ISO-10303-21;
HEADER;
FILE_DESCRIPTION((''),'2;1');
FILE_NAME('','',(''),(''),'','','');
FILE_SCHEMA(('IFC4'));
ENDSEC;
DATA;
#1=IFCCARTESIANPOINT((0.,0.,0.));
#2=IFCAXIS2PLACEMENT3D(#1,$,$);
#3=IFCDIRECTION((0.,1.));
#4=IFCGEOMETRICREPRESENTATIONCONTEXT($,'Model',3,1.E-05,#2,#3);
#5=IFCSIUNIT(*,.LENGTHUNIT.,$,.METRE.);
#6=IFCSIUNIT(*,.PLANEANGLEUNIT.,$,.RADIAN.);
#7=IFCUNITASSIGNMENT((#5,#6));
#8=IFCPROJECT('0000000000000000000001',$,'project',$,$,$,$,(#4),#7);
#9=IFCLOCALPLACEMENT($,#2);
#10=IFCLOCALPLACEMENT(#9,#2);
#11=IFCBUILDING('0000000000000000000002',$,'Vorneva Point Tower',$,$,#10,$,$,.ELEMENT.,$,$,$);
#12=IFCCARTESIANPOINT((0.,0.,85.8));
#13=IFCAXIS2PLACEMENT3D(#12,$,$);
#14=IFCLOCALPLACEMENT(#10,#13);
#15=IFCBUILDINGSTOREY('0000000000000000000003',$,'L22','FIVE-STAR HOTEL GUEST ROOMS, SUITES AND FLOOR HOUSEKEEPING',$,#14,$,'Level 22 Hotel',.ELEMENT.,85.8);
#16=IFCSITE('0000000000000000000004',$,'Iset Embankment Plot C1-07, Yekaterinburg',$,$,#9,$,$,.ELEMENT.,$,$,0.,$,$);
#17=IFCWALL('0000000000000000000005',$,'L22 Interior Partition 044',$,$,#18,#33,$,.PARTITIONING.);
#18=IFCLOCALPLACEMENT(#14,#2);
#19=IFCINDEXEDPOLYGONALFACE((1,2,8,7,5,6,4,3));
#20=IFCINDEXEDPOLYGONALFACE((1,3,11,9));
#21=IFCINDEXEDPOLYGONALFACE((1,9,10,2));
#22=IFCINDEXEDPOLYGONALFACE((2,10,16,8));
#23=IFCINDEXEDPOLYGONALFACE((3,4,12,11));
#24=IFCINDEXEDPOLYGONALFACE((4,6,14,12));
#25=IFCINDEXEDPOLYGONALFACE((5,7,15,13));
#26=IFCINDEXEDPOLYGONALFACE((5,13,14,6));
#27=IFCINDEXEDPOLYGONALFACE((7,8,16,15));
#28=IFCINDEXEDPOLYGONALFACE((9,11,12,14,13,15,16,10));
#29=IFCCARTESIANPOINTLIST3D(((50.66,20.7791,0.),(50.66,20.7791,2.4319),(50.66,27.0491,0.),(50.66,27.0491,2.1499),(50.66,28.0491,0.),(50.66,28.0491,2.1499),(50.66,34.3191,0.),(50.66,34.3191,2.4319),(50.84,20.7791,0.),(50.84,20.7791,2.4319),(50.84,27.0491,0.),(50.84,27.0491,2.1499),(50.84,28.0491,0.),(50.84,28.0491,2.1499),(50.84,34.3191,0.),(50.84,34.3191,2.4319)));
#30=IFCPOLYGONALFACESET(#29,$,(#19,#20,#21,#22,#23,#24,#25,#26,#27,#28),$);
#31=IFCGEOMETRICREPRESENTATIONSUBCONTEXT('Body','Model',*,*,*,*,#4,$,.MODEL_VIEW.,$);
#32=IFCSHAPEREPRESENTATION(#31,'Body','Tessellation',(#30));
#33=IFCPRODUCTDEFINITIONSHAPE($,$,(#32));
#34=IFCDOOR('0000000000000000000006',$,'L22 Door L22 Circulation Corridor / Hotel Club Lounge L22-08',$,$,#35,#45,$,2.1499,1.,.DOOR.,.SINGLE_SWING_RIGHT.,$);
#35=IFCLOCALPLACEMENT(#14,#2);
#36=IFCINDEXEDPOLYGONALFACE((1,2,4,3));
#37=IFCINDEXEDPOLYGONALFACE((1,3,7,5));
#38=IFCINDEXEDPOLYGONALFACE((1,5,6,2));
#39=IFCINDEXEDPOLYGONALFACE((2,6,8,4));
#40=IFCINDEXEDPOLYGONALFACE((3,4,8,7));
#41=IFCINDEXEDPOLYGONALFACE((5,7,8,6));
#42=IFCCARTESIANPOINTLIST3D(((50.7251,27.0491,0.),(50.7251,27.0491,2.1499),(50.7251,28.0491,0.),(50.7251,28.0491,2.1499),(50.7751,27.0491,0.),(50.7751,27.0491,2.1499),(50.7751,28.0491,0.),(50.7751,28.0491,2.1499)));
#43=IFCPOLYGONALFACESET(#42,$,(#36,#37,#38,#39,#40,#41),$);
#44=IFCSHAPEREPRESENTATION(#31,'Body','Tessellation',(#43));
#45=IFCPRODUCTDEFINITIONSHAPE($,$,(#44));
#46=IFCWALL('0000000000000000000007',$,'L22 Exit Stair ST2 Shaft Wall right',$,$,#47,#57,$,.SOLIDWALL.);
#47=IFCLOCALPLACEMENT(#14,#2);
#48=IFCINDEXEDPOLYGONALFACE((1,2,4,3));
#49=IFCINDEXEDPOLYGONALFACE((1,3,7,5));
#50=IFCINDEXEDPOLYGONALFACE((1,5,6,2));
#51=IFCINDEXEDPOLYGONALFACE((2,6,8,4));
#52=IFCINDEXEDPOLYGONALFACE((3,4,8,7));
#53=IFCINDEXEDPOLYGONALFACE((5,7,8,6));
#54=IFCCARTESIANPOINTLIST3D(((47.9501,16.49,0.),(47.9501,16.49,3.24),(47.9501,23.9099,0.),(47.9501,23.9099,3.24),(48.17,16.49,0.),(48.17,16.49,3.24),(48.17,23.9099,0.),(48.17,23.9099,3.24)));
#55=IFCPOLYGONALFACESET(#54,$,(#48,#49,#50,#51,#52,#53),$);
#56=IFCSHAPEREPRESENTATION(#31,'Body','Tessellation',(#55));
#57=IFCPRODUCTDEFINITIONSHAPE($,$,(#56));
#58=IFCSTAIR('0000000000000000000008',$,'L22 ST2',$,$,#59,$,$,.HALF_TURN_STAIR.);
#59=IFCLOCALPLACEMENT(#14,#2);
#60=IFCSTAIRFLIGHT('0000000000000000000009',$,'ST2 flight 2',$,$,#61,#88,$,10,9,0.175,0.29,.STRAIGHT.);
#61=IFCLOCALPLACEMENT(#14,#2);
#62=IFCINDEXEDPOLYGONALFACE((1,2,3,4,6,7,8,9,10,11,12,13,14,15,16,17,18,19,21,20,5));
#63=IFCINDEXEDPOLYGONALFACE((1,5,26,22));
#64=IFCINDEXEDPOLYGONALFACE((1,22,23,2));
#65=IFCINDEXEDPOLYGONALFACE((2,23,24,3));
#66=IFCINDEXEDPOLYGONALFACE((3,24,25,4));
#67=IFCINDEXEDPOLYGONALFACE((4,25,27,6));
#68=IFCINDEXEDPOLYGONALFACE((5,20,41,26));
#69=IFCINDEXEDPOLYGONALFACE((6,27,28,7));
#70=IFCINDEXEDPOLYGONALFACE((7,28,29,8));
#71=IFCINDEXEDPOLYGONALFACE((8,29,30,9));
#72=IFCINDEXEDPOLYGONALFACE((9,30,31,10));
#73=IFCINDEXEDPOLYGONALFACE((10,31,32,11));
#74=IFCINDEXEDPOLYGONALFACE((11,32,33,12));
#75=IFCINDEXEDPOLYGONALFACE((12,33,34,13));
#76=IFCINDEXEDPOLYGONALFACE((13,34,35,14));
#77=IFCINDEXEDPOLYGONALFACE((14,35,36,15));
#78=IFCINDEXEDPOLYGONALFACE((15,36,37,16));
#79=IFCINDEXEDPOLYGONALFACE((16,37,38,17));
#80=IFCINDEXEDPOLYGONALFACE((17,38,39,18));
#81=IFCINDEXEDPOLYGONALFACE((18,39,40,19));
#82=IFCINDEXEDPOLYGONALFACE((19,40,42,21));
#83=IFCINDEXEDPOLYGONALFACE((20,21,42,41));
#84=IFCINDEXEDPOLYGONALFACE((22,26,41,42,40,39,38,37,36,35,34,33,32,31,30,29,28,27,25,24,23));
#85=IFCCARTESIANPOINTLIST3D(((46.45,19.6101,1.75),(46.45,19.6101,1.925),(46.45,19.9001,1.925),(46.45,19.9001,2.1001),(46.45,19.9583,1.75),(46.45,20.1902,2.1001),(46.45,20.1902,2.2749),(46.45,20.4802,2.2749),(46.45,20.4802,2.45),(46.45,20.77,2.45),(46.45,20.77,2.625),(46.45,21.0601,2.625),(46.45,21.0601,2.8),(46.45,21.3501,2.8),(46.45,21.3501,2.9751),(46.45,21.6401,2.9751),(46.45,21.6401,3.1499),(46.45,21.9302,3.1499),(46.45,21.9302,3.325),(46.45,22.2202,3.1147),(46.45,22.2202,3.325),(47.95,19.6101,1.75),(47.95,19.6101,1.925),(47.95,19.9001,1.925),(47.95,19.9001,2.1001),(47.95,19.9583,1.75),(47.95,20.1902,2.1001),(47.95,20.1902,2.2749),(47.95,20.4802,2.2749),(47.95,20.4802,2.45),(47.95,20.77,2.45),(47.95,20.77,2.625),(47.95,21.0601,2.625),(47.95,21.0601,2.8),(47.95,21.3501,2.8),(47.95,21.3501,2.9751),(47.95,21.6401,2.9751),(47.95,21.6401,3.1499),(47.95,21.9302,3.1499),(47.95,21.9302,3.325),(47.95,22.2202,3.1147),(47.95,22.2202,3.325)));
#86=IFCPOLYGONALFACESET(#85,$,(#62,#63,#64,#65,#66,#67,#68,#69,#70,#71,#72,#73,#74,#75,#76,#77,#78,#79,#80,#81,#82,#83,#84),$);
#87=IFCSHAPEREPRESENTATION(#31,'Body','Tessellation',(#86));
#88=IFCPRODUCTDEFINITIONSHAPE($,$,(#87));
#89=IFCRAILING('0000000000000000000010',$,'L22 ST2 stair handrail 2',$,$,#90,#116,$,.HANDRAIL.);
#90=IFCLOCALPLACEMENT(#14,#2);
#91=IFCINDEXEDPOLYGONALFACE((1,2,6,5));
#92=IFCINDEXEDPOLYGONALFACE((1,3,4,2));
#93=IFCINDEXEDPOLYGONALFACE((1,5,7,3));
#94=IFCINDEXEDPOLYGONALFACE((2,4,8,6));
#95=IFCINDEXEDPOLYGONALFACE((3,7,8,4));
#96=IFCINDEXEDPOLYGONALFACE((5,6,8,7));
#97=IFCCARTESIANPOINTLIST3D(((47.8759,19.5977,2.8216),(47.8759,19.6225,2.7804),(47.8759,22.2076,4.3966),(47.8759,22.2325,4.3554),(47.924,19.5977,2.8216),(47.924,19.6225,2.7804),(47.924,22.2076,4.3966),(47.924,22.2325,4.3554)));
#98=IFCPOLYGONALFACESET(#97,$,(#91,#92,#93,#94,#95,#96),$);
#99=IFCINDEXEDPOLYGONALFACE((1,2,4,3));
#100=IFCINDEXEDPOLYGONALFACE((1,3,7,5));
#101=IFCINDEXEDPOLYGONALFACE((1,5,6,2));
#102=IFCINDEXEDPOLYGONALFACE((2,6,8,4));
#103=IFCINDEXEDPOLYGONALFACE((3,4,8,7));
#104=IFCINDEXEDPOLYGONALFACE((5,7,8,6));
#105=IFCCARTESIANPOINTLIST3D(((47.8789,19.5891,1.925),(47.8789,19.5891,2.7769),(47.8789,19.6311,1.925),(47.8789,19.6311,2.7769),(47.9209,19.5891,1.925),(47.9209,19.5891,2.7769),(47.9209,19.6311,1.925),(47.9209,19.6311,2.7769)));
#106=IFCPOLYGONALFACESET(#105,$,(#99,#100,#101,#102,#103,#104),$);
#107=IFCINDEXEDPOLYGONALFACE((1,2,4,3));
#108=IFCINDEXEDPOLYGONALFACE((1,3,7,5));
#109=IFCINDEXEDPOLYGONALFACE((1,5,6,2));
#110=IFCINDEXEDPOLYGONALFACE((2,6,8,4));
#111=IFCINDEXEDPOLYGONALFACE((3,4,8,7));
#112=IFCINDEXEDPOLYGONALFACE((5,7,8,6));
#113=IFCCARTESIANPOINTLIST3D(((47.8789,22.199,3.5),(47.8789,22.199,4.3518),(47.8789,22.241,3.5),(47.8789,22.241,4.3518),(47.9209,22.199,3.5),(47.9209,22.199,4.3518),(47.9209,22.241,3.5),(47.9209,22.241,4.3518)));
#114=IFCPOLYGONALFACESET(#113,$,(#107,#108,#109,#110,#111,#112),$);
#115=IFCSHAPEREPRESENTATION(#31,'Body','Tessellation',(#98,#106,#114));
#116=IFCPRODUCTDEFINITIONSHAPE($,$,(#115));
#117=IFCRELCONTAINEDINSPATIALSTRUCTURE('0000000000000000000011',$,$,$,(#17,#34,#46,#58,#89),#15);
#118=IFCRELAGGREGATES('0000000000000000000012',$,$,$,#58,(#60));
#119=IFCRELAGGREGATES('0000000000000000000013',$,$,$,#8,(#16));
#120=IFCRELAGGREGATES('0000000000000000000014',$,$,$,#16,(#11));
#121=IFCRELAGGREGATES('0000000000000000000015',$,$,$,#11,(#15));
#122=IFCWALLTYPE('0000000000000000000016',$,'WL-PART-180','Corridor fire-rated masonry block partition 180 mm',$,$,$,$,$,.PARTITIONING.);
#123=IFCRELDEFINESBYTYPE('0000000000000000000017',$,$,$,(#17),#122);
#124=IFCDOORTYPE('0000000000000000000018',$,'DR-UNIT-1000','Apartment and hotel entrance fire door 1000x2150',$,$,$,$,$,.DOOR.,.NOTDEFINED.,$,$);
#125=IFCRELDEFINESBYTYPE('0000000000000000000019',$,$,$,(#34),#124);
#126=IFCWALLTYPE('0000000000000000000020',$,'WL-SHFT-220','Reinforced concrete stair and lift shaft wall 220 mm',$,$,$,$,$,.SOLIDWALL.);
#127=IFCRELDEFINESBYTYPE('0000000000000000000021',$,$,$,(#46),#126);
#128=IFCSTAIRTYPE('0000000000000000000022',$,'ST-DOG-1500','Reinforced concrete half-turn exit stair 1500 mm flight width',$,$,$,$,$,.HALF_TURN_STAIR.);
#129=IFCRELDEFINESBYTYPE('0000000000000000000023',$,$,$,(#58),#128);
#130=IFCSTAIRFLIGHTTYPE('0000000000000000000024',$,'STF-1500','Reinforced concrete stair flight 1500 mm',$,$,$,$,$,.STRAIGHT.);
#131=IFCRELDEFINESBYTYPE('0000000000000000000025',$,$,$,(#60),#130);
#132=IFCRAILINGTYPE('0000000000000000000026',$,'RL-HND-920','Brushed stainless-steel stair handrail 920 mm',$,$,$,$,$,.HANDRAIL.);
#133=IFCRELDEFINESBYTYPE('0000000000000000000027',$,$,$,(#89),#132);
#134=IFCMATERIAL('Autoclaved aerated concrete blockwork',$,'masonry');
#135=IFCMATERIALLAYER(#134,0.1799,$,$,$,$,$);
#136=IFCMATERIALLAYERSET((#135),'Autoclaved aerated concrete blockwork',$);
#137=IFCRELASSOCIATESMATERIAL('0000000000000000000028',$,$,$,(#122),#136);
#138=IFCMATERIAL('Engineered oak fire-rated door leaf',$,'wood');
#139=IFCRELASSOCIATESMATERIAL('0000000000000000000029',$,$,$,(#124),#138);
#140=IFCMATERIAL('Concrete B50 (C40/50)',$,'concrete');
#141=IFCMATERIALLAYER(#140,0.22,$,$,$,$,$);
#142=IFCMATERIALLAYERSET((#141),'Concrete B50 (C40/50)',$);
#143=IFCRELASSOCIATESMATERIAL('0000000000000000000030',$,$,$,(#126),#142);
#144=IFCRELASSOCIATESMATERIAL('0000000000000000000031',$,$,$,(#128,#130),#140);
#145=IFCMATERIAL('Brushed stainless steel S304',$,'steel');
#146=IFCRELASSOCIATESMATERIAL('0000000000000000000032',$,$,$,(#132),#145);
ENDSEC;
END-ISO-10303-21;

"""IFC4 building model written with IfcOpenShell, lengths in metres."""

from ifc_helpers import new_model, si_unit, direction, frame, frame_2d, origin, origin_2d, place, context, subcontext, project, spatial, polyline, rectangle, outline, extrude, material, layer, layer_set, type_object, element, fill, aggregate, save


model = new_model("IFC4")

# Units and contexts
model_context = context("Model", 3, precision=1e-05, world=origin(), true_north=direction((0.0, 1.0)))
body_context = subcontext(model_context, "Body", "Model", "MODEL_VIEW")
ifc_project = project(units=[si_unit("LENGTHUNIT", "METRE"), si_unit("PLANEANGLEUNIT", "RADIAN")], contexts=[model_context])

# Site, building, storey
site_placement = place(None, origin())
site = spatial("IfcSite", under=ifc_project, at=site_placement, Name="Iset Embankment Plot C1-07, Yekaterinburg", CompositionType="ELEMENT", RefElevation=0.0)
building_placement = place(site_placement, origin())
building = spatial("IfcBuilding", under=site, at=building_placement, Name="Vorneva Point Tower", CompositionType="ELEMENT")
storey_placement = place(building_placement, frame((0.0, 0.0, 85.8)))
storey = spatial("IfcBuildingStorey", under=building, at=storey_placement, Name="L22", Description="FIVE-STAR HOTEL GUEST ROOMS, SUITES AND FLOOR HOUSEKEEPING", LongName="Level 22 Hotel", CompositionType="ELEMENT", Elevation=85.8)

# Wall, opening, door
ifc_material_1 = material(Name="Autoclaved aerated concrete blockwork", Category="masonry")
ifc_layer_1 = layer(ifc_material_1, 0.1799)
ifc_layer_set_1 = layer_set([ifc_layer_1], Name="Autoclaved aerated concrete blockwork")
wall_type_1 = type_object("IfcWallType", Name="WL-PART-180", Description="Corridor fire-rated masonry block partition 180 mm", PredefinedType="PARTITIONING", material=ifc_layer_set_1)
wall_1_placement = place(storey_placement, frame((50.75, 20.7791, 0.0), z_axis=(0.0, 0.0, 1.0), x_axis=(0.0, 1.0, 0.0)))
wall_1 = element("IfcWall", 1, at=wall_1_placement, inside=storey, type_object=wall_type_1, Name="L22 Interior Partition 044", PredefinedType="PARTITIONING", context=body_context, shape_type="SweptSolid", body=[
    extrude(rectangle(XDim=13.54, YDim=0.1799, at=frame_2d((6.77, 0.0))), origin(), (0.0, 0.0, 1.0), 2.4319),
])
opening_1_placement = place(wall_1_placement, frame((6.27, 0.0, 0.0)))
opening_1 = element("IfcOpeningElement", 2, at=opening_1_placement, cuts=wall_1, PredefinedType="OPENING", context=body_context, shape_type="SweptSolid", body=[
    extrude(rectangle(XDim=1.0, YDim=2.1499, at=frame_2d((0.5, 1.075))), frame((0.0, 0.105, 0.0), z_axis=(0.0, -1.0, 0.0), x_axis=(1.0, 0.0, 0.0)), (0.0, 0.0, 1.0), 0.2097),
])
ifc_material_2 = material(Name="Engineered oak fire-rated door leaf", Category="wood")
door_type_1 = type_object("IfcDoorType", Name="DR-UNIT-1000", Description="Apartment and hotel entrance fire door 1000x2150", OperationType="NOTDEFINED", PredefinedType="DOOR", material=ifc_material_2)
door_1_placement = place(opening_1_placement, origin())
door_1 = element("IfcDoor", 3, at=door_1_placement, inside=storey, type_object=door_type_1, Name="L22 Door L22 Circulation Corridor / Hotel Club Lounge L22-08", OperationType="SINGLE_SWING_RIGHT", OverallHeight=2.1499, OverallWidth=1.0, PredefinedType="DOOR", context=body_context, shape_type="SweptSolid", body=[
    extrude(rectangle(XDim=1.0, YDim=2.1499, at=frame_2d((0.5, 1.075))), frame((0.0, 0.0249, 0.0), z_axis=(0.0, -1.0, 0.0), x_axis=(1.0, 0.0, 0.0)), (0.0, 0.0, 1.0), 0.05),
])
fill(opening_1, door_1)

# Wall
ifc_material_3 = material(Name="Concrete B50 (C40/50)", Category="concrete")
ifc_layer_2 = layer(ifc_material_3, 0.22)
ifc_layer_set_2 = layer_set([ifc_layer_2], Name="Concrete B50 (C40/50)")
wall_type_2 = type_object("IfcWallType", Name="WL-SHFT-220", Description="Reinforced concrete stair and lift shaft wall 220 mm", PredefinedType="SOLIDWALL", material=ifc_layer_set_2)
wall_2_placement = place(storey_placement, frame((48.0601, 23.9099, 0.0), z_axis=(0.0, 0.0, 1.0), x_axis=(0.0, -1.0, 0.0)))
element("IfcWall", 4, at=wall_2_placement, inside=storey, type_object=wall_type_2, Name="L22 Exit Stair ST2 Shaft Wall right", PredefinedType="SOLIDWALL", context=body_context, shape_type="SweptSolid", body=[
    extrude(rectangle(XDim=7.4199, YDim=0.22, at=frame_2d((3.71, 0.0))), origin(), (0.0, 0.0, 1.0), 3.24),
])

# Stair, stair flight
stair_type = type_object("IfcStairType", Name="ST-DOG-1500", Description="Reinforced concrete half-turn exit stair 1500 mm flight width", PredefinedType="HALF_TURN_STAIR", material=ifc_material_3)
stair_placement = place(storey_placement, origin())
stair = element("IfcStair", 5, at=stair_placement, inside=storey, type_object=stair_type, Name="L22 ST2", PredefinedType="HALF_TURN_STAIR")
stair_flight_type = type_object("IfcStairFlightType", Name="STF-1500", Description="Reinforced concrete stair flight 1500 mm", PredefinedType="STRAIGHT", material=ifc_material_3)
stair_flight_placement = place(storey_placement, frame((47.2, 19.6101, 1.75), z_axis=(0.0, 0.0, 1.0), x_axis=(0.0, 1.0, 0.0)))
stair_flight = element("IfcStairFlight", 6, at=stair_flight_placement, type_object=stair_flight_type, Name="ST2 flight 2", NumberOfRisers=10, NumberOfTreads=9, PredefinedType="STRAIGHT", RiserHeight=0.175, TreadLength=0.29, context=body_context, shape_type="SweptSolid", body=[
    extrude(outline(polyline([(0.0, 0.0), (0.0, 0.175), (0.29, 0.175), (0.29, 0.3501), (0.5801, 0.3501), (0.5801, 0.5249), (0.8701, 0.5249), (0.8701, 0.7), (1.1599, 0.7), (1.1599, 0.875), (1.45, 0.875), (1.45, 1.05), (1.74, 1.05), (1.74, 1.2251), (2.03, 1.2251), (2.03, 1.3999), (2.3201, 1.3999), (2.3201, 1.575), (2.6101, 1.575), (2.6101, 1.75), (2.6101, 1.3647), (0.3481, 0.0), (0.0, 0.0)])), frame((0.0, 0.75, 0.0), z_axis=(0.0, -1.0, 0.0), x_axis=(1.0, 0.0, 0.0)), (0.0, 0.0, 1.0), 1.5),
])
aggregate(stair, [stair_flight])

# Railing
ifc_material_4 = material(Name="Brushed stainless steel S304", Category="steel")
railing_type_1 = type_object("IfcRailingType", Name="RL-HND-920", Description="Brushed stainless-steel stair handrail 920 mm", PredefinedType="HANDRAIL", material=ifc_material_4)
railing_1_placement = place(storey_placement, frame((47.8999, 19.6101, 1.925)))
element("IfcRailing", 7, at=railing_1_placement, inside=storey, type_object=railing_type_1, Name="L22 ST2 stair handrail 2", PredefinedType="HANDRAIL", context=body_context, shape_type="SweptSolid", body=[
    extrude(rectangle(XDim=0.0481, YDim=0.0481, at=origin_2d()), frame((0.0, 0.0, 0.876), z_axis=(0.0, 0.856183, 0.516673), x_axis=(-1.0, 0.0, 0.0)), (0.0, 0.0, 1.0), 3.0483),
    extrude(rectangle(XDim=0.042, YDim=0.042, at=origin_2d()), origin(), (0.0, 0.0, 1.0), 0.8518),
    extrude(rectangle(XDim=0.042, YDim=0.042, at=origin_2d()), frame((0.0, 2.6099, 1.575)), (0.0, 0.0, 1.0), 0.8518),
])

save(model, "model.ifc")
